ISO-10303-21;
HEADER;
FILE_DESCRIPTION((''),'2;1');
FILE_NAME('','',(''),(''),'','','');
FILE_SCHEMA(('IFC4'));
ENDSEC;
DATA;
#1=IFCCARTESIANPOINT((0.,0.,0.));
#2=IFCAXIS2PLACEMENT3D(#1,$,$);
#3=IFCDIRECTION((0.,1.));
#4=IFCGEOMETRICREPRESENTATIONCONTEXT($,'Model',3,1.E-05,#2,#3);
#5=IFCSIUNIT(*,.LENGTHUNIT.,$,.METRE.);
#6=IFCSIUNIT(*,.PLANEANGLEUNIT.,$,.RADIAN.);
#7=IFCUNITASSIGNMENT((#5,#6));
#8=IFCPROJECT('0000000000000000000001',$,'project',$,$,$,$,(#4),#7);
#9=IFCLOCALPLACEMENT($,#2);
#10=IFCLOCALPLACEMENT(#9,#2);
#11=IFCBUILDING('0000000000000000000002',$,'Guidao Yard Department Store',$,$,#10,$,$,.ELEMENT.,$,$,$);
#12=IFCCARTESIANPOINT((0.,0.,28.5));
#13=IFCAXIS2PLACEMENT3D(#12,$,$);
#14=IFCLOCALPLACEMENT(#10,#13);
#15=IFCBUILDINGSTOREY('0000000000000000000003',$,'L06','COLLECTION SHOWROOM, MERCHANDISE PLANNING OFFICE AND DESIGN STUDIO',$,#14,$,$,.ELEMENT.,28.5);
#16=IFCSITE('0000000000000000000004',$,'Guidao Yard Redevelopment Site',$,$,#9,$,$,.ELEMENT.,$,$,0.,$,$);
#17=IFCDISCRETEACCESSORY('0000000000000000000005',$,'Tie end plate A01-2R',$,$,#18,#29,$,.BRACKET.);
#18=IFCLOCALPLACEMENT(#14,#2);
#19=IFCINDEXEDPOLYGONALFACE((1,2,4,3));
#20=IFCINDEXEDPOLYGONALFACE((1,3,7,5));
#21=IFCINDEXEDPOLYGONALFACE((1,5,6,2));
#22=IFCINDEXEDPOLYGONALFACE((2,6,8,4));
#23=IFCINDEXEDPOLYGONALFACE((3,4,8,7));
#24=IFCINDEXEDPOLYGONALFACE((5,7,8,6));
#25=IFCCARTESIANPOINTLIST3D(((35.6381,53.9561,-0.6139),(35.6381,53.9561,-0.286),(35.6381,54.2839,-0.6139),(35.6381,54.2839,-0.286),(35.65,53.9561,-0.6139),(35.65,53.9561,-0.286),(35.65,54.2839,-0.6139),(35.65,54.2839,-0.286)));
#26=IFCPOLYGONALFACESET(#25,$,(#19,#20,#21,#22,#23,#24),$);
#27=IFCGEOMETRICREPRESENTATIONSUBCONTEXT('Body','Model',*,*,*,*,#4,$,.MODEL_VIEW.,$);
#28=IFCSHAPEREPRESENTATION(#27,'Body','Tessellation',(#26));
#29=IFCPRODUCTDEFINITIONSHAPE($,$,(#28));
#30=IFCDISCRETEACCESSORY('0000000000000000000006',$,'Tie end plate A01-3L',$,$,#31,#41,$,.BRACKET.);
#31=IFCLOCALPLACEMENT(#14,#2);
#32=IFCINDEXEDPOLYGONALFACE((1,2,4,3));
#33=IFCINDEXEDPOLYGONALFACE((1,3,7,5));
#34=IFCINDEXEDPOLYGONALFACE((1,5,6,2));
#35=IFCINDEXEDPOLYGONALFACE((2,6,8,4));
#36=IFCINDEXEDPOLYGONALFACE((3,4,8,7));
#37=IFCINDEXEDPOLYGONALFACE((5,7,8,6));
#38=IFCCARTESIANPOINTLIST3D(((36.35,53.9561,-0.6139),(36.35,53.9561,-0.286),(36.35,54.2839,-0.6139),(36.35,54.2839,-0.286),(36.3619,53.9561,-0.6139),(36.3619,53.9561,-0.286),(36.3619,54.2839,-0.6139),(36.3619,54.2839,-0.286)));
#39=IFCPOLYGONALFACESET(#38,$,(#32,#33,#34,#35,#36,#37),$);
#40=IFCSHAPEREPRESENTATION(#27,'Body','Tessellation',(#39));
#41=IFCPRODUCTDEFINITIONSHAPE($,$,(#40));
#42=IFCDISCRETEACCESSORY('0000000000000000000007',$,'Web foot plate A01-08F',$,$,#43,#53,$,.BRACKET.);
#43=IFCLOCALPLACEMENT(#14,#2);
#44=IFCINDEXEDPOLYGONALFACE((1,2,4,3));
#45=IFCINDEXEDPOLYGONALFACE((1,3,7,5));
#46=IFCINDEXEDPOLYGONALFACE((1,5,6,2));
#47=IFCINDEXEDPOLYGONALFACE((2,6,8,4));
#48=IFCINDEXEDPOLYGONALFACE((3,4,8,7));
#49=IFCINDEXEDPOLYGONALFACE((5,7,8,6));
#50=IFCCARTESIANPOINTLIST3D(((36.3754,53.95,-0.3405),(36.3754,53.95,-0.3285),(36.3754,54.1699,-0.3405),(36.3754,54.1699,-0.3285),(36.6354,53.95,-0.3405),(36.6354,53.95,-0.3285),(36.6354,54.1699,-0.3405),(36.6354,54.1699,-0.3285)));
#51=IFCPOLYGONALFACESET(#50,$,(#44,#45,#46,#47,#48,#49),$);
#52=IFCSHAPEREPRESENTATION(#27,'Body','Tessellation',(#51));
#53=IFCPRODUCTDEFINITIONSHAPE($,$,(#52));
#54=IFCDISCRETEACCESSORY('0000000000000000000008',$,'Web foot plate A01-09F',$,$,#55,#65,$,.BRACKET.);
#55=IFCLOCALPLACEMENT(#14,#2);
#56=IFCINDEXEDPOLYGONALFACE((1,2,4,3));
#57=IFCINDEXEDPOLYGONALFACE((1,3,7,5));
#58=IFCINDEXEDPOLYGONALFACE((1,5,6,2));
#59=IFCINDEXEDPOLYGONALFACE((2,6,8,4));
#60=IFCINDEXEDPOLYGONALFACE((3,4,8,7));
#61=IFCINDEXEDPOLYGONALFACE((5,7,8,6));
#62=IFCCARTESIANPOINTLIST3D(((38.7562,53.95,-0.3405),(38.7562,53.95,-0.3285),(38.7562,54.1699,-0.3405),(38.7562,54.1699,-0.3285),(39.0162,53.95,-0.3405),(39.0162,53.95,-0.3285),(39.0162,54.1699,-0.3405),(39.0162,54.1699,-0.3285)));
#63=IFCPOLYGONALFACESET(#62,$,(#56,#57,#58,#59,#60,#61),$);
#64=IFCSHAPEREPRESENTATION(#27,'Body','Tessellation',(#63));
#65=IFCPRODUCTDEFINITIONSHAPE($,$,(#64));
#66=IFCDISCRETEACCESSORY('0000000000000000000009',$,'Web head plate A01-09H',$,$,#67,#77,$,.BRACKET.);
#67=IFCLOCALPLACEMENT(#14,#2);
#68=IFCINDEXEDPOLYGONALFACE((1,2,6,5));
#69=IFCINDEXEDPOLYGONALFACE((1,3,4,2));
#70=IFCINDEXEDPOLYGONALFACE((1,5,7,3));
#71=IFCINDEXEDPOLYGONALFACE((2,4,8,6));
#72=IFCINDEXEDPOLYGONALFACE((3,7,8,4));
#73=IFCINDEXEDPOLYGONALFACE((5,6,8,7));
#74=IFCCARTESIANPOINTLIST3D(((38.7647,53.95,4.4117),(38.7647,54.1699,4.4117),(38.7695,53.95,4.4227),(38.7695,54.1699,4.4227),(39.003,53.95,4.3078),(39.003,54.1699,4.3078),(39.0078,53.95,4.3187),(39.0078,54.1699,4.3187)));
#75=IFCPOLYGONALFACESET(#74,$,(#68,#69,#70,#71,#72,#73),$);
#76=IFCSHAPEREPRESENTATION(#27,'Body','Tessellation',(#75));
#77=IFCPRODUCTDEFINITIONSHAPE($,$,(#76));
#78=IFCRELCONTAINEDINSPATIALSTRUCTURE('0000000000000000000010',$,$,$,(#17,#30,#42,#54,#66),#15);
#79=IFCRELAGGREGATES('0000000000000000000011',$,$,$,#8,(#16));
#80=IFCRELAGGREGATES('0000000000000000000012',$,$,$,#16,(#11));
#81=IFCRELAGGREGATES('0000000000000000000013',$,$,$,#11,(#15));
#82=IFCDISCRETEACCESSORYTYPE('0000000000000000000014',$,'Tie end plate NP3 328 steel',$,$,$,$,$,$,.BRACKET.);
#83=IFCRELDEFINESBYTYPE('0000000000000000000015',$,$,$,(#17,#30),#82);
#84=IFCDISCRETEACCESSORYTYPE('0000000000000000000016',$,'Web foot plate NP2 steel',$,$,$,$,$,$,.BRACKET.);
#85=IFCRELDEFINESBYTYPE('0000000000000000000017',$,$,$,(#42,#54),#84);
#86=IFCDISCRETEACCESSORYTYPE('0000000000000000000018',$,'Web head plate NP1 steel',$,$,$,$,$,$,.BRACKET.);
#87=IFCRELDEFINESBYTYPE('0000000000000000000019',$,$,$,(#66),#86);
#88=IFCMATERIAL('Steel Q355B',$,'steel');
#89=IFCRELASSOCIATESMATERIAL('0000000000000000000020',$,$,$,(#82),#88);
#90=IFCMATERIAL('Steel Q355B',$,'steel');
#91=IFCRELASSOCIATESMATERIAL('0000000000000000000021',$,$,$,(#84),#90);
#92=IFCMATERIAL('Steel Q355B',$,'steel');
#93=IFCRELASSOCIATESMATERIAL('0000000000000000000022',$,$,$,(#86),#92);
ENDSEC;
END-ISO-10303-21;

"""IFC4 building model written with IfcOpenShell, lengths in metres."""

from ifc_helpers import new_model, si_unit, direction, frame, origin, origin_2d, place, context, subcontext, project, spatial, rectangle, extrude, material, material_profile, profile_set, type_object, element, save


model = new_model("IFC4")

# Units and contexts
model_context = context("Model", 3, precision=1e-05, world=origin(), true_north=direction((0.0, 1.0)))
body_context = subcontext(model_context, "Body", "Model", "MODEL_VIEW")
ifc_project = project(units=[si_unit("LENGTHUNIT", "METRE"), si_unit("PLANEANGLEUNIT", "RADIAN")], contexts=[model_context])

# Site, building, storey
site_placement = place(None, origin())
site = spatial("IfcSite", under=ifc_project, at=site_placement, Name="Guidao Yard Redevelopment Site", CompositionType="ELEMENT", RefElevation=0.0)
building_placement = place(site_placement, origin())
building = spatial("IfcBuilding", under=site, at=building_placement, Name="Guidao Yard Department Store", CompositionType="ELEMENT")
storey_placement = place(building_placement, frame((0.0, 0.0, 28.5)))
storey = spatial("IfcBuildingStorey", under=building, at=storey_placement, Name="L06", Description="COLLECTION SHOWROOM, MERCHANDISE PLANNING OFFICE AND DESIGN STUDIO", CompositionType="ELEMENT", Elevation=28.5)

# Discrete accessories
ifc_material_1 = material(Name="Steel Q355B", Category="steel")
ifc_material_profile_1 = material_profile(ifc_material_1, rectangle(XDim=0.3279, YDim=0.012, at=origin_2d()), Name="Node plate 328x12")
ifc_profile_set_1 = profile_set([ifc_material_profile_1], Name="Steel Q355B")
discrete_accessory_type_1 = type_object("IfcDiscreteAccessoryType", Name="Tie end plate NP3 328 steel", PredefinedType="BRACKET", material=ifc_profile_set_1)
for number, where, z_axis, x_axis, name in (
    (1, (35.644, 53.9561, -0.45), (0.0, 1.0, 0.0), (0.0, 0.0, 1.0), "Tie end plate A01-2R"),
    (2, (36.356, 53.9561, -0.45), (0.0, 1.0, 0.0), (0.0, 0.0, 1.0), "Tie end plate A01-3L"),
):
    element("IfcDiscreteAccessory", number, at=place(storey_placement, frame(where, z_axis=z_axis, x_axis=x_axis)), inside=storey, type_object=discrete_accessory_type_1, Name=name, PredefinedType="BRACKET", context=body_context, shape_type="SweptSolid", body=[
        extrude(rectangle(XDim=0.3279, YDim=0.012, at=origin_2d()), origin(), (0.0, 0.0, 1.0), 0.3279),
    ])
ifc_material_2 = material(Name="Steel Q355B", Category="steel")
ifc_material_profile_2 = material_profile(ifc_material_2, rectangle(XDim=0.26, YDim=0.012, at=origin_2d()), Name="Node plate 260x12")
ifc_profile_set_2 = profile_set([ifc_material_profile_2], Name="Steel Q355B")
discrete_accessory_type_2 = type_object("IfcDiscreteAccessoryType", Name="Web foot plate NP2 steel", PredefinedType="BRACKET", material=ifc_profile_set_2)
for number, where, z_axis, x_axis, name in (
    (3, (36.5054, 53.95, -0.3345), (0.0, 1.0, 0.0), (-1.0, 0.0, 0.0), "Web foot plate A01-08F"),
    (4, (38.8862, 53.95, -0.3345), (0.0, 1.0, 0.0), (-1.0, 0.0, 0.0), "Web foot plate A01-09F"),
):
    element("IfcDiscreteAccessory", number, at=place(storey_placement, frame(where, z_axis=z_axis, x_axis=x_axis)), inside=storey, type_object=discrete_accessory_type_2, Name=name, PredefinedType="BRACKET", context=body_context, shape_type="SweptSolid", body=[
        extrude(rectangle(XDim=0.26, YDim=0.012, at=origin_2d()), origin(), (0.0, 0.0, 1.0), 0.22),
    ])
ifc_material_3 = material(Name="Steel Q355B", Category="steel")
ifc_material_profile_3 = material_profile(ifc_material_3, rectangle(XDim=0.26, YDim=0.012, at=origin_2d()), Name="Node plate 260x12")
ifc_profile_set_3 = profile_set([ifc_material_profile_3], Name="Steel Q355B")
discrete_accessory_type_3 = type_object("IfcDiscreteAccessoryType", Name="Web head plate NP1 steel", PredefinedType="BRACKET", material=ifc_profile_set_3)
discrete_accessory_placement = place(storey_placement, frame((38.8862, 53.95, 4.3652), z_axis=(0.0, 1.0, 0.0), x_axis=(-0.916571, 0.0, 0.399871)))
element("IfcDiscreteAccessory", 5, at=discrete_accessory_placement, inside=storey, type_object=discrete_accessory_type_3, Name="Web head plate A01-09H", PredefinedType="BRACKET", context=body_context, shape_type="SweptSolid", body=[
    extrude(rectangle(XDim=0.26, YDim=0.012, at=origin_2d()), origin(), (0.0, 0.0, 1.0), 0.22),
])

save(model, "model.ifc")
